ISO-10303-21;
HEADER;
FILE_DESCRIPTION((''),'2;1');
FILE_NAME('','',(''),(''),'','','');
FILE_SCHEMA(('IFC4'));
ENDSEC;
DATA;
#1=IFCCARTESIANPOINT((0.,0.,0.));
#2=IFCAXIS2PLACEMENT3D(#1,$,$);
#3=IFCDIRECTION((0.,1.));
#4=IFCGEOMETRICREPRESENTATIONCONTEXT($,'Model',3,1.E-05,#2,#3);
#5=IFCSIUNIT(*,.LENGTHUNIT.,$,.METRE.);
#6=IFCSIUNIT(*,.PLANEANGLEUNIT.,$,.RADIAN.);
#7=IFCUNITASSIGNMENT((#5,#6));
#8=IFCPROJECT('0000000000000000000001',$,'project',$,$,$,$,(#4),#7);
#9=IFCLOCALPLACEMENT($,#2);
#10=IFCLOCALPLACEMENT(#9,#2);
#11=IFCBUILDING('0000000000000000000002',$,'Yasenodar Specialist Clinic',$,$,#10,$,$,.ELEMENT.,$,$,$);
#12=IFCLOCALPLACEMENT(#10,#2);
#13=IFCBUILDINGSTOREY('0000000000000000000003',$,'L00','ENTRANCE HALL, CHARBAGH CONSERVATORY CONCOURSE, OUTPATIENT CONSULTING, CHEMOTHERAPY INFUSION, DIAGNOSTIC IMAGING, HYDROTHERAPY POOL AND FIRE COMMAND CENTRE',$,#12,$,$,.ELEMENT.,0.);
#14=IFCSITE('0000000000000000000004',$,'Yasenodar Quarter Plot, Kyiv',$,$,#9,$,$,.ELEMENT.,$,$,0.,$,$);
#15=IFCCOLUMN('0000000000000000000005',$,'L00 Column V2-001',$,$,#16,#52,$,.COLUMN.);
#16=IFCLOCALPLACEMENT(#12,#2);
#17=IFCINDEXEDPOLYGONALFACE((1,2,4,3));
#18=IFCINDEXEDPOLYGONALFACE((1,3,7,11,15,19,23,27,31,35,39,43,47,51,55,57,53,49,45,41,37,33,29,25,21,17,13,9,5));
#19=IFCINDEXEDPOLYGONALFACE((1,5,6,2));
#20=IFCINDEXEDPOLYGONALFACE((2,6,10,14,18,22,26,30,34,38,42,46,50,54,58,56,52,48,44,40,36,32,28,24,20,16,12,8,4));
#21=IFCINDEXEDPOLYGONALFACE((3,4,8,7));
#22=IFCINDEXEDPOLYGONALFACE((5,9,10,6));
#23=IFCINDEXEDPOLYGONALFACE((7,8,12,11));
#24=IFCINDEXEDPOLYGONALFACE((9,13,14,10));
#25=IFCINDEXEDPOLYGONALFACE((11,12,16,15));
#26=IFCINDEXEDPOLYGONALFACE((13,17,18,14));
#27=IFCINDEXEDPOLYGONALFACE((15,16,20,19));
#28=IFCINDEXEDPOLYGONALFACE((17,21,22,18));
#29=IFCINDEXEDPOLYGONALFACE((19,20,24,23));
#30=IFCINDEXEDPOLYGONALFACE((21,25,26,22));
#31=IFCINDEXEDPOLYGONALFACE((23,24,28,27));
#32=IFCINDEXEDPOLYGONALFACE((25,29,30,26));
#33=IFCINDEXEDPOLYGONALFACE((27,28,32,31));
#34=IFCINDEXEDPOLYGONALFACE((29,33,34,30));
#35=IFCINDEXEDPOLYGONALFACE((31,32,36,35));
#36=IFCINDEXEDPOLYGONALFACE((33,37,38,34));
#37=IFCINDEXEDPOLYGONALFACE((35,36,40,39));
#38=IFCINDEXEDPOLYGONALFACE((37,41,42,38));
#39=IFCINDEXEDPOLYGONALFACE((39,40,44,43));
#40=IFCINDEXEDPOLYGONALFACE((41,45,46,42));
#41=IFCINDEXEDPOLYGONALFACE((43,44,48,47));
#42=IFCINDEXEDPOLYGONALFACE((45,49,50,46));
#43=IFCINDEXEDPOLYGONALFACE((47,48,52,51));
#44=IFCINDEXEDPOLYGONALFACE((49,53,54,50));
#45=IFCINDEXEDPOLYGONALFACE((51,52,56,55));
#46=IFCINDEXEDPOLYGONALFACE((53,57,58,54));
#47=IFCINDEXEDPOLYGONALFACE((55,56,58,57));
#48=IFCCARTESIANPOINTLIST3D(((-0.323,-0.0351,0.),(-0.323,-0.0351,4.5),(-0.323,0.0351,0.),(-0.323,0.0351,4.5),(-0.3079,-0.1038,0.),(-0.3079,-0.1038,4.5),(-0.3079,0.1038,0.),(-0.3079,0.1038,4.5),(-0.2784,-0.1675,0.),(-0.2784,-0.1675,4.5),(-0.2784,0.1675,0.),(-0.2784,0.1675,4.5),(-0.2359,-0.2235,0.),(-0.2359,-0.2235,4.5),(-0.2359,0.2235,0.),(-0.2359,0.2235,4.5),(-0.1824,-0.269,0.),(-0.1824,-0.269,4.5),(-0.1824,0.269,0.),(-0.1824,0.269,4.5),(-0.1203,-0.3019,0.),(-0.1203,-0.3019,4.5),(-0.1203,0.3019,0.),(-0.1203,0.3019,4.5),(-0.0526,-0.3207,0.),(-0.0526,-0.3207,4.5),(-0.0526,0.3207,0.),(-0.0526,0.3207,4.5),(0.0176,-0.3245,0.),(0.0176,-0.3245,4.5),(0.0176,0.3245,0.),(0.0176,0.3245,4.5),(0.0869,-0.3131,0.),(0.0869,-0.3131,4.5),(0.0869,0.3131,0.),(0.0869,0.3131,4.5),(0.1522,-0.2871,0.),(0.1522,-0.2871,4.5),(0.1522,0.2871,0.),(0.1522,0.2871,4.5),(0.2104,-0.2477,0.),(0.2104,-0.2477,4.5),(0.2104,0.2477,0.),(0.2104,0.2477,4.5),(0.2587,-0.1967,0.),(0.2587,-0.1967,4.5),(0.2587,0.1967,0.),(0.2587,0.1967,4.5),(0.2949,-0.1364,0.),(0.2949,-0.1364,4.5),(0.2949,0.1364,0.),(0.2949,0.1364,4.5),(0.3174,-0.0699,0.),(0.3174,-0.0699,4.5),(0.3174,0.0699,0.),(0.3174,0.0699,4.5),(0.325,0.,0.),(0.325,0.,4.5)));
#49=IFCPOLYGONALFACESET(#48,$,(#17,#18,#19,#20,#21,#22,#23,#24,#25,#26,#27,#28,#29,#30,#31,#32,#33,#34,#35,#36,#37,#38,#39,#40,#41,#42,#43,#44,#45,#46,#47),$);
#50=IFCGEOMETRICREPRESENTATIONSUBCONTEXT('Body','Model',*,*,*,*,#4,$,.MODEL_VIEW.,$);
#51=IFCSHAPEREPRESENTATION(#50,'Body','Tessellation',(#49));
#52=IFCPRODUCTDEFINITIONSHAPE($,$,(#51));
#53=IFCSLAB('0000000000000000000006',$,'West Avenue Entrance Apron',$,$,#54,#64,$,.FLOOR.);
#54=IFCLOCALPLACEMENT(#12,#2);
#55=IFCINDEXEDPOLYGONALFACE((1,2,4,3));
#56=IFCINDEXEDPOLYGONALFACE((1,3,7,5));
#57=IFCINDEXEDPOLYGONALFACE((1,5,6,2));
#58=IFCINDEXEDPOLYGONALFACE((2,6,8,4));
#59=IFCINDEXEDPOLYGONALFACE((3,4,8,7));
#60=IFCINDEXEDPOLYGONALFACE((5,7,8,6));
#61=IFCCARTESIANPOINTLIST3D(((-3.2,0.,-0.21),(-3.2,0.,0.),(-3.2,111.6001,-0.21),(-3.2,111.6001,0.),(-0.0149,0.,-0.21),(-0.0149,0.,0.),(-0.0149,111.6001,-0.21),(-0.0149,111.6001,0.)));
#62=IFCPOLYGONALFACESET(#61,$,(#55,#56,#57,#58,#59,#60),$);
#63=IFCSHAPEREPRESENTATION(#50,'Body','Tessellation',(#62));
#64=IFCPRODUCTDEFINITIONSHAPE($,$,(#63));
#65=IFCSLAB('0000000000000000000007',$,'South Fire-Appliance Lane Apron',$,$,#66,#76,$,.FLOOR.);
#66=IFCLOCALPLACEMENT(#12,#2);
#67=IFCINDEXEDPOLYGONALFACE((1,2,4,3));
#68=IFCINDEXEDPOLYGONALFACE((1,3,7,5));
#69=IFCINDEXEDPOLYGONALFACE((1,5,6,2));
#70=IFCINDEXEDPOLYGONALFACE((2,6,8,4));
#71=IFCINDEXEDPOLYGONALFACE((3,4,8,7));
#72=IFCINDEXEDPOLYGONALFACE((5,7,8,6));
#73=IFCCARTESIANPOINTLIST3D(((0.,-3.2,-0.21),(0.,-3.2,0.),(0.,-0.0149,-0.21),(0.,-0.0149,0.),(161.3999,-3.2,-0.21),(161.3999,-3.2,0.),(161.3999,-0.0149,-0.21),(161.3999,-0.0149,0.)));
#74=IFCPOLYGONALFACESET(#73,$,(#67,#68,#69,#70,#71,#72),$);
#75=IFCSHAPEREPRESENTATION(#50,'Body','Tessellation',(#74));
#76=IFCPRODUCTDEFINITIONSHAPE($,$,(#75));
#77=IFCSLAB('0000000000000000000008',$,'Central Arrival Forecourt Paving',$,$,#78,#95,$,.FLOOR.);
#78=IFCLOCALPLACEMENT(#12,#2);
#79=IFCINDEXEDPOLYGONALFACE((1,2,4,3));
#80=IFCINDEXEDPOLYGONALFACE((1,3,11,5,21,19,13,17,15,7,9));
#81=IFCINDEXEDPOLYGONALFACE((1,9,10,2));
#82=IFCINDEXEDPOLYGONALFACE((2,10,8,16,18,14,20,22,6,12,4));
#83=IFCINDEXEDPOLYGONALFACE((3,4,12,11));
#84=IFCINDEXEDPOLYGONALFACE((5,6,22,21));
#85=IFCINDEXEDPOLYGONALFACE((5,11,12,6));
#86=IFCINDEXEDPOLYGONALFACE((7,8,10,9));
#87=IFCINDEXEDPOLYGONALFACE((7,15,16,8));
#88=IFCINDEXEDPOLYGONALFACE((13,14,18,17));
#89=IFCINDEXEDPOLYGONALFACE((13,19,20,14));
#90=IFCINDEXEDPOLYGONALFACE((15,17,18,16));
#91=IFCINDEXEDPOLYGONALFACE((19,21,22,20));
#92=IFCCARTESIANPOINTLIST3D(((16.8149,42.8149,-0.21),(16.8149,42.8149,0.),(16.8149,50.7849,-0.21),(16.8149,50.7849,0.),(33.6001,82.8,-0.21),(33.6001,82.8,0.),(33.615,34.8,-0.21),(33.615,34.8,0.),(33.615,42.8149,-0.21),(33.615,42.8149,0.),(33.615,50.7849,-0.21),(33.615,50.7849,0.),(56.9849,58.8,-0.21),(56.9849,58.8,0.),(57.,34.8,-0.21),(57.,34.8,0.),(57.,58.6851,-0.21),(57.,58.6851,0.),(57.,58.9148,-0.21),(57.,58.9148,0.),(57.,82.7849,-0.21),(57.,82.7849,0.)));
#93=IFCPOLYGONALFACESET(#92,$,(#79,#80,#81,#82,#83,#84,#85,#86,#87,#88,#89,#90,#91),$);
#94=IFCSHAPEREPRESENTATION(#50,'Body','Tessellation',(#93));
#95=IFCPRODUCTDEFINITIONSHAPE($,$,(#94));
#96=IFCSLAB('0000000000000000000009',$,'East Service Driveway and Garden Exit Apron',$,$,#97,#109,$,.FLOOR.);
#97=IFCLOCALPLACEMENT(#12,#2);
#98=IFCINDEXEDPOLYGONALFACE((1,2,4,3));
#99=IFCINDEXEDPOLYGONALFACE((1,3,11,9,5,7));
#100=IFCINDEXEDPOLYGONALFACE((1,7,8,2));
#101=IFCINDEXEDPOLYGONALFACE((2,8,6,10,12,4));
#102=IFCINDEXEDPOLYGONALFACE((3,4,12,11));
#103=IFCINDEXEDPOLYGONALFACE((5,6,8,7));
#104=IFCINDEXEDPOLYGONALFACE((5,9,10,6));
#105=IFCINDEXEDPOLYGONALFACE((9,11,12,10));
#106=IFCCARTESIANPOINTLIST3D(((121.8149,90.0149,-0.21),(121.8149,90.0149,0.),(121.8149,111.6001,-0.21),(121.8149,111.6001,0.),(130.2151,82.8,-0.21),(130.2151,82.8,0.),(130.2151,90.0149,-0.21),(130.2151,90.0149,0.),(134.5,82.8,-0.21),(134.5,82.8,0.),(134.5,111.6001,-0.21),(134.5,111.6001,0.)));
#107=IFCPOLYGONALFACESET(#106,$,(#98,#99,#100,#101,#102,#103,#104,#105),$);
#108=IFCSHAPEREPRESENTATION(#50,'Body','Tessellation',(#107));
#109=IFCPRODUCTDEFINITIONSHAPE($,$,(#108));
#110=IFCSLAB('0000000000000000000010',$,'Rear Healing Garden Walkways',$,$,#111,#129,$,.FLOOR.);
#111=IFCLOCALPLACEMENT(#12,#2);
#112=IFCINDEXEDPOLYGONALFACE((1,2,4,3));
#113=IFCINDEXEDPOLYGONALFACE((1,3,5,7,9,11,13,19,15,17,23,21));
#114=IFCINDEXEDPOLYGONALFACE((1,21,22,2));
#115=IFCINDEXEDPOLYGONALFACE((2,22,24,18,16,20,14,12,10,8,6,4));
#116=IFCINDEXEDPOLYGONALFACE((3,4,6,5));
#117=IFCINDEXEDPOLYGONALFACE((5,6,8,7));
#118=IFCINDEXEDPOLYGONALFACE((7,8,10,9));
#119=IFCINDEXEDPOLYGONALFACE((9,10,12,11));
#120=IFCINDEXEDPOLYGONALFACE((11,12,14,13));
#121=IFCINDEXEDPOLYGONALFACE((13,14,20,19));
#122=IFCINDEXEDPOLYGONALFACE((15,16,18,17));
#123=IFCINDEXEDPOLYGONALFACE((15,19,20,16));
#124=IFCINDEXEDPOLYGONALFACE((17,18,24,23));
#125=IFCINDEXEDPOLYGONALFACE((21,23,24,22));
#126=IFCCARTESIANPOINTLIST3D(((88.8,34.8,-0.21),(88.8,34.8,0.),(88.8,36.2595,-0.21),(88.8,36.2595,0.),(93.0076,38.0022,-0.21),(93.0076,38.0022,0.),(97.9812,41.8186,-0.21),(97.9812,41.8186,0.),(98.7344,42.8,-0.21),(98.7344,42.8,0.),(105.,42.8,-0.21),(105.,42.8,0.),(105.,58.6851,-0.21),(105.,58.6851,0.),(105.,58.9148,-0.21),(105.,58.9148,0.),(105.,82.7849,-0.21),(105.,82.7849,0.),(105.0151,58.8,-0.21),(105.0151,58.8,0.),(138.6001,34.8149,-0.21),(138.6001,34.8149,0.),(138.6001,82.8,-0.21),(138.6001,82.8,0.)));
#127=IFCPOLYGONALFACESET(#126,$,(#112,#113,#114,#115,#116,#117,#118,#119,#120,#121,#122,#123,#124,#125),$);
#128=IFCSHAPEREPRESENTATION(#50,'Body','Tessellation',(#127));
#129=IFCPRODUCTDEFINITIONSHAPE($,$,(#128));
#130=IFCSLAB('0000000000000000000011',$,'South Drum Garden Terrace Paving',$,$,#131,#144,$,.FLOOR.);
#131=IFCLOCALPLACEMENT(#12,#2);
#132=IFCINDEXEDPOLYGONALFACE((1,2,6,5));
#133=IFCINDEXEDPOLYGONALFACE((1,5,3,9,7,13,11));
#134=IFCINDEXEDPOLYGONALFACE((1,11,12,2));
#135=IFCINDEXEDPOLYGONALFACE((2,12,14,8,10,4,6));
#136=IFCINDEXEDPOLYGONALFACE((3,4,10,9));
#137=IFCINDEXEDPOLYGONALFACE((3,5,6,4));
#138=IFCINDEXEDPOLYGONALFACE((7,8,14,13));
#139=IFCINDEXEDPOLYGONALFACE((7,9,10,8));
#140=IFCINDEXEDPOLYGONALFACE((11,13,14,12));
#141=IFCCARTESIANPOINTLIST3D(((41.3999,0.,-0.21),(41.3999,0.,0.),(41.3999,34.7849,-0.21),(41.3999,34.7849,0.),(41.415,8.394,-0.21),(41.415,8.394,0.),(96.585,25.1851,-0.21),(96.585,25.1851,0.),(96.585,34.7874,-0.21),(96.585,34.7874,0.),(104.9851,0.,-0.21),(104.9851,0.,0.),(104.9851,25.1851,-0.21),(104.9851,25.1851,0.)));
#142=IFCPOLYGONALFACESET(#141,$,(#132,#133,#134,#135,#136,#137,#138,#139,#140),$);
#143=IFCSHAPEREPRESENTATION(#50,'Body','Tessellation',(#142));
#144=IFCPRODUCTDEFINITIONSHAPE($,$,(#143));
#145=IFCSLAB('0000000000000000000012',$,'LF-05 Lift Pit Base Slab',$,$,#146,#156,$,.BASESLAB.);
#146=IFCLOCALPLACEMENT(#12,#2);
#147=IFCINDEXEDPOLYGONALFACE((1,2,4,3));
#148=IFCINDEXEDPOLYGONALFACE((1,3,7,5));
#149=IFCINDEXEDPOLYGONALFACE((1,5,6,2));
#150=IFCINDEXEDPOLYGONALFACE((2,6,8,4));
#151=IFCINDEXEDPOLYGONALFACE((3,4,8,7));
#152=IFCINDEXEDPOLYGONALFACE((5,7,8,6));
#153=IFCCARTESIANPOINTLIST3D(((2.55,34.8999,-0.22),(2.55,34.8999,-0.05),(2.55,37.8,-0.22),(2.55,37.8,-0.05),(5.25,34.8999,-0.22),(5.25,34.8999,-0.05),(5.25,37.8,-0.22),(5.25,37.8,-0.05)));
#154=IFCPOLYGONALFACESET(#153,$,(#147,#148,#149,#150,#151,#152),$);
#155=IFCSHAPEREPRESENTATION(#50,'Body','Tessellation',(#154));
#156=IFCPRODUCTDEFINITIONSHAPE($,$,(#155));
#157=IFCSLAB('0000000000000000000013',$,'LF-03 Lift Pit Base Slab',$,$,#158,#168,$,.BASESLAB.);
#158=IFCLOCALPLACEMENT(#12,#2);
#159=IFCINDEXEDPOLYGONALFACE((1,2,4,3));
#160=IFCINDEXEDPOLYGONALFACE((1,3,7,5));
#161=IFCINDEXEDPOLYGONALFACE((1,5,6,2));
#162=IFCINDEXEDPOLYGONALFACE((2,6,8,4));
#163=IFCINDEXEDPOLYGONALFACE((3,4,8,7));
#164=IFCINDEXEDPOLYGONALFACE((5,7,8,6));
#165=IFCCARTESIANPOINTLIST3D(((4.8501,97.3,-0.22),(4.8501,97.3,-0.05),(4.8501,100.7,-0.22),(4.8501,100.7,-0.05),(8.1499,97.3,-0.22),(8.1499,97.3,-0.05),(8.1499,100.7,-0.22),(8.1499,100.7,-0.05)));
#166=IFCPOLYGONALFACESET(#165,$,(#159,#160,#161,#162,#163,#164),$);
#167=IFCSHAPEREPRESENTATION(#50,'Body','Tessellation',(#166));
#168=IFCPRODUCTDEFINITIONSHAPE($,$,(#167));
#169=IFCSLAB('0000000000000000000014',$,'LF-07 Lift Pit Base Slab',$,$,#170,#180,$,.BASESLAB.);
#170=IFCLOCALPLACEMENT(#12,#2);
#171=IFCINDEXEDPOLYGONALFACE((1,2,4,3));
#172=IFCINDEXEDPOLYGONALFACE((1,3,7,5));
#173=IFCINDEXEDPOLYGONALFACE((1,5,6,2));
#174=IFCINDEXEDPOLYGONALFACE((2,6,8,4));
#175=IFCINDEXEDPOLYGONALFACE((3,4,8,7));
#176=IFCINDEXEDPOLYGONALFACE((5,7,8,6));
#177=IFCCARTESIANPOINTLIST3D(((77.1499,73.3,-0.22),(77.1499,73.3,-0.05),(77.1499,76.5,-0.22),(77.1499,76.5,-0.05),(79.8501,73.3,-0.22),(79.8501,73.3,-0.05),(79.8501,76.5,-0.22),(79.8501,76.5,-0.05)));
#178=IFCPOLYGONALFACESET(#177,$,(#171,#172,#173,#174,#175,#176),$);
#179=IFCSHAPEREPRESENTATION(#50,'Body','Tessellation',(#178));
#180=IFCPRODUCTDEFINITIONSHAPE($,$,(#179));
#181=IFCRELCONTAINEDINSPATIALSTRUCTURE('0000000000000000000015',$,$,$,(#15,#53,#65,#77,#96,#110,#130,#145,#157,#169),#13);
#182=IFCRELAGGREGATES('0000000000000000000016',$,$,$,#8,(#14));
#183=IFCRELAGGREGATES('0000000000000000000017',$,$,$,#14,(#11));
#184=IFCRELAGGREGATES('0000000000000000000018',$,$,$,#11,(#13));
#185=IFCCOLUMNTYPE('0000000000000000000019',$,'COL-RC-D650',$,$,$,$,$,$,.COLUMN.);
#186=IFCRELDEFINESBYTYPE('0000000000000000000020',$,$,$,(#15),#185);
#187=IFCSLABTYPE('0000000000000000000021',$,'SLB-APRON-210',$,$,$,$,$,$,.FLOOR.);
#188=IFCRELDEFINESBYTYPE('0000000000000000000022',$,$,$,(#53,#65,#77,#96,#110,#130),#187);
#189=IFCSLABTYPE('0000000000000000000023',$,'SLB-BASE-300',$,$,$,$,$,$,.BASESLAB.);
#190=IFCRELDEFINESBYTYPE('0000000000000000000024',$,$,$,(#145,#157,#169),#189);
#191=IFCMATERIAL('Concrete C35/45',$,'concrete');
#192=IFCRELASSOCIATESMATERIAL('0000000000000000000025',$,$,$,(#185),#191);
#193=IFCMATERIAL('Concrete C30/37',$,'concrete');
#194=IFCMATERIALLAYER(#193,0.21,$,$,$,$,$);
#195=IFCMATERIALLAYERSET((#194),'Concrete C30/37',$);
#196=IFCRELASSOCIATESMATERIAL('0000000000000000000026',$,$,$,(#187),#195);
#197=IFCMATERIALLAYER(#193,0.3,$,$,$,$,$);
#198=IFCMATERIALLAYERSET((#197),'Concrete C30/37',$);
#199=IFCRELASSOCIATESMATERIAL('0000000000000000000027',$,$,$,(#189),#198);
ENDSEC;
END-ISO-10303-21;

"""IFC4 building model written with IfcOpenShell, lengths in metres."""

from ifc_helpers import new_model, si_unit, direction, frame, origin, origin_with_axes, origin_2d, place, context, subcontext, project, spatial, polyline, circle, outline, extrude, material, layer, layer_set, material_profile, profile_set, type_object, element, save


model = new_model("IFC4")

# Units and contexts
model_context = context("Model", 3, precision=1e-05, world=origin(), true_north=direction((0.0, 1.0)))
body_context = subcontext(model_context, "Body", "Model", "MODEL_VIEW")
ifc_project = project(units=[si_unit("LENGTHUNIT", "METRE"), si_unit("PLANEANGLEUNIT", "RADIAN")], contexts=[model_context])

# Site, building, storey
site_placement = place(None, origin())
site = spatial("IfcSite", under=ifc_project, at=site_placement, Name="Yasenodar Quarter Plot, Kyiv", CompositionType="ELEMENT", RefElevation=0.0)
building_placement = place(site_placement, origin())
building = spatial("IfcBuilding", under=site, at=building_placement, Name="Yasenodar Specialist Clinic", CompositionType="ELEMENT")
storey_placement = place(building_placement, origin())
storey = spatial("IfcBuildingStorey", under=building, at=storey_placement, Name="L00", Description="ENTRANCE HALL, CHARBAGH CONSERVATORY CONCOURSE, OUTPATIENT CONSULTING, CHEMOTHERAPY INFUSION, DIAGNOSTIC IMAGING, HYDROTHERAPY POOL AND FIRE COMMAND CENTRE", CompositionType="ELEMENT", Elevation=0.0)

# Column
ifc_material_1 = material(Name="Concrete C35/45", Category="concrete")
ifc_material_profile = material_profile(ifc_material_1, circle(Radius=0.325, at=origin_2d()), Name="RC D650")
ifc_profile_set = profile_set([ifc_material_profile], Name="Concrete C35/45")
column_type = type_object("IfcColumnType", Name="COL-RC-D650", PredefinedType="COLUMN", material=ifc_profile_set)
column_placement = place(storey_placement, origin_with_axes())
element("IfcColumn", 1, at=column_placement, inside=storey, type_object=column_type, Name="L00 Column V2-001", PredefinedType="COLUMN", context=body_context, shape_type="SweptSolid", body=[
    extrude(circle(Radius=0.325, at=origin_2d()), origin(), (0.0, 0.0, 1.0), 4.5),
])

# Slabs
ifc_material_2 = material(Name="Concrete C30/37", Category="concrete")
ifc_layer_1 = layer(ifc_material_2, 0.21)
ifc_layer_set_1 = layer_set([ifc_layer_1], Name="Concrete C30/37")
slab_type_1 = type_object("IfcSlabType", Name="SLB-APRON-210", PredefinedType="FLOOR", material=ifc_layer_set_1)
slab_1_placement = place(storey_placement, frame((0.0, 0.0, -0.21)))
element("IfcSlab", 2, at=slab_1_placement, inside=storey, type_object=slab_type_1, Name="West Avenue Entrance Apron", PredefinedType="FLOOR", context=body_context, shape_type="SweptSolid", body=[
    extrude(outline(polyline([(-3.2, 0.0), (-3.2, 111.6001), (-0.0149, 111.6001), (-0.0149, 0.0), (-3.2, 0.0)])), origin(), (0.0, 0.0, 1.0), 0.21),
])
slab_2_placement = place(storey_placement, frame((0.0, 0.0, -0.21)))
element("IfcSlab", 3, at=slab_2_placement, inside=storey, type_object=slab_type_1, Name="South Fire-Appliance Lane Apron", PredefinedType="FLOOR", context=body_context, shape_type="SweptSolid", body=[
    extrude(outline(polyline([(161.3999, -3.2), (0.0, -3.2), (0.0, -0.0149), (161.3999, -0.0149), (161.3999, -3.2)])), origin(), (0.0, 0.0, 1.0), 0.21),
])
slab_3_placement = place(storey_placement, frame((0.0, 0.0, -0.21)))
element("IfcSlab", 4, at=slab_3_placement, inside=storey, type_object=slab_type_1, Name="Central Arrival Forecourt Paving", PredefinedType="FLOOR", context=body_context, shape_type="SweptSolid", body=[
    extrude(outline(polyline([(33.6001, 82.8), (57.0, 82.7849), (57.0, 58.9148), (56.9849, 58.8), (57.0, 58.6851), (57.0, 34.8), (33.615, 34.8), (33.615, 42.8149), (16.8149, 42.8149), (16.8149, 50.7849), (33.615, 50.7849), (33.6001, 82.8)])), origin(), (0.0, 0.0, 1.0), 0.21),
])
slab_4_placement = place(storey_placement, frame((0.0, 0.0, -0.21)))
element("IfcSlab", 5, at=slab_4_placement, inside=storey, type_object=slab_type_1, Name="East Service Driveway and Garden Exit Apron", PredefinedType="FLOOR", context=body_context, shape_type="SweptSolid", body=[
    extrude(outline(polyline([(134.5, 111.6001), (134.5, 82.8), (130.2151, 82.8), (130.2151, 90.0149), (121.8149, 90.0149), (121.8149, 111.6001), (134.5, 111.6001)])), origin(), (0.0, 0.0, 1.0), 0.21),
])
slab_5_placement = place(storey_placement, frame((0.0, 0.0, -0.21)))
element("IfcSlab", 6, at=slab_5_placement, inside=storey, type_object=slab_type_1, Name="Rear Healing Garden Walkways", PredefinedType="FLOOR", context=body_context, shape_type="SweptSolid", body=[
    extrude(outline(polyline([(88.8, 34.8), (88.8, 36.2595), (93.0076, 38.0022), (97.9812, 41.8186), (98.7344, 42.8), (105.0, 42.8), (105.0, 58.6851), (105.0151, 58.8), (105.0, 58.9148), (105.0, 82.7849), (138.6001, 82.8), (138.6001, 34.8149), (88.8, 34.8)])), origin(), (0.0, 0.0, 1.0), 0.21),
])
slab_6_placement = place(storey_placement, frame((0.0, 0.0, -0.21)))
element("IfcSlab", 7, at=slab_6_placement, inside=storey, type_object=slab_type_1, Name="South Drum Garden Terrace Paving", PredefinedType="FLOOR", context=body_context, shape_type="SweptSolid", body=[
    extrude(outline(polyline([(41.3999, 0.0), (41.415, 8.394), (41.3999, 34.7849), (96.585, 34.7874), (96.585, 25.1851), (104.9851, 25.1851), (104.9851, 0.0), (41.3999, 0.0)])), origin(), (0.0, 0.0, 1.0), 0.21),
])
ifc_layer_2 = layer(ifc_material_2, 0.3)
ifc_layer_set_2 = layer_set([ifc_layer_2], Name="Concrete C30/37")
slab_type_2 = type_object("IfcSlabType", Name="SLB-BASE-300", PredefinedType="BASESLAB", material=ifc_layer_set_2)
slab_7_placement = place(storey_placement, frame((0.0, 0.0, -0.22)))
element("IfcSlab", 8, at=slab_7_placement, inside=storey, type_object=slab_type_2, Name="LF-05 Lift Pit Base Slab", PredefinedType="BASESLAB", context=body_context, shape_type="SweptSolid", body=[
    extrude(outline(polyline([(2.55, 34.8999), (5.25, 34.8999), (5.25, 37.8), (2.55, 37.8), (2.55, 34.8999)])), origin(), (0.0, 0.0, 1.0), 0.1699),
])
slab_8_placement = place(storey_placement, frame((0.0, 0.0, -0.22)))
element("IfcSlab", 9, at=slab_8_placement, inside=storey, type_object=slab_type_2, Name="LF-03 Lift Pit Base Slab", PredefinedType="BASESLAB", context=body_context, shape_type="SweptSolid", body=[
    extrude(outline(polyline([(4.8501, 97.3), (8.1499, 97.3), (8.1499, 100.7), (4.8501, 100.7), (4.8501, 97.3)])), origin(), (0.0, 0.0, 1.0), 0.1699),
])
slab_9_placement = place(storey_placement, frame((0.0, 0.0, -0.22)))
element("IfcSlab", 10, at=slab_9_placement, inside=storey, type_object=slab_type_2, Name="LF-07 Lift Pit Base Slab", PredefinedType="BASESLAB", context=body_context, shape_type="SweptSolid", body=[
    extrude(outline(polyline([(77.1499, 73.3), (79.8501, 73.3), (79.8501, 76.5), (77.1499, 76.5), (77.1499, 73.3)])), origin(), (0.0, 0.0, 1.0), 0.1699),
])

save(model, "model.ifc")
